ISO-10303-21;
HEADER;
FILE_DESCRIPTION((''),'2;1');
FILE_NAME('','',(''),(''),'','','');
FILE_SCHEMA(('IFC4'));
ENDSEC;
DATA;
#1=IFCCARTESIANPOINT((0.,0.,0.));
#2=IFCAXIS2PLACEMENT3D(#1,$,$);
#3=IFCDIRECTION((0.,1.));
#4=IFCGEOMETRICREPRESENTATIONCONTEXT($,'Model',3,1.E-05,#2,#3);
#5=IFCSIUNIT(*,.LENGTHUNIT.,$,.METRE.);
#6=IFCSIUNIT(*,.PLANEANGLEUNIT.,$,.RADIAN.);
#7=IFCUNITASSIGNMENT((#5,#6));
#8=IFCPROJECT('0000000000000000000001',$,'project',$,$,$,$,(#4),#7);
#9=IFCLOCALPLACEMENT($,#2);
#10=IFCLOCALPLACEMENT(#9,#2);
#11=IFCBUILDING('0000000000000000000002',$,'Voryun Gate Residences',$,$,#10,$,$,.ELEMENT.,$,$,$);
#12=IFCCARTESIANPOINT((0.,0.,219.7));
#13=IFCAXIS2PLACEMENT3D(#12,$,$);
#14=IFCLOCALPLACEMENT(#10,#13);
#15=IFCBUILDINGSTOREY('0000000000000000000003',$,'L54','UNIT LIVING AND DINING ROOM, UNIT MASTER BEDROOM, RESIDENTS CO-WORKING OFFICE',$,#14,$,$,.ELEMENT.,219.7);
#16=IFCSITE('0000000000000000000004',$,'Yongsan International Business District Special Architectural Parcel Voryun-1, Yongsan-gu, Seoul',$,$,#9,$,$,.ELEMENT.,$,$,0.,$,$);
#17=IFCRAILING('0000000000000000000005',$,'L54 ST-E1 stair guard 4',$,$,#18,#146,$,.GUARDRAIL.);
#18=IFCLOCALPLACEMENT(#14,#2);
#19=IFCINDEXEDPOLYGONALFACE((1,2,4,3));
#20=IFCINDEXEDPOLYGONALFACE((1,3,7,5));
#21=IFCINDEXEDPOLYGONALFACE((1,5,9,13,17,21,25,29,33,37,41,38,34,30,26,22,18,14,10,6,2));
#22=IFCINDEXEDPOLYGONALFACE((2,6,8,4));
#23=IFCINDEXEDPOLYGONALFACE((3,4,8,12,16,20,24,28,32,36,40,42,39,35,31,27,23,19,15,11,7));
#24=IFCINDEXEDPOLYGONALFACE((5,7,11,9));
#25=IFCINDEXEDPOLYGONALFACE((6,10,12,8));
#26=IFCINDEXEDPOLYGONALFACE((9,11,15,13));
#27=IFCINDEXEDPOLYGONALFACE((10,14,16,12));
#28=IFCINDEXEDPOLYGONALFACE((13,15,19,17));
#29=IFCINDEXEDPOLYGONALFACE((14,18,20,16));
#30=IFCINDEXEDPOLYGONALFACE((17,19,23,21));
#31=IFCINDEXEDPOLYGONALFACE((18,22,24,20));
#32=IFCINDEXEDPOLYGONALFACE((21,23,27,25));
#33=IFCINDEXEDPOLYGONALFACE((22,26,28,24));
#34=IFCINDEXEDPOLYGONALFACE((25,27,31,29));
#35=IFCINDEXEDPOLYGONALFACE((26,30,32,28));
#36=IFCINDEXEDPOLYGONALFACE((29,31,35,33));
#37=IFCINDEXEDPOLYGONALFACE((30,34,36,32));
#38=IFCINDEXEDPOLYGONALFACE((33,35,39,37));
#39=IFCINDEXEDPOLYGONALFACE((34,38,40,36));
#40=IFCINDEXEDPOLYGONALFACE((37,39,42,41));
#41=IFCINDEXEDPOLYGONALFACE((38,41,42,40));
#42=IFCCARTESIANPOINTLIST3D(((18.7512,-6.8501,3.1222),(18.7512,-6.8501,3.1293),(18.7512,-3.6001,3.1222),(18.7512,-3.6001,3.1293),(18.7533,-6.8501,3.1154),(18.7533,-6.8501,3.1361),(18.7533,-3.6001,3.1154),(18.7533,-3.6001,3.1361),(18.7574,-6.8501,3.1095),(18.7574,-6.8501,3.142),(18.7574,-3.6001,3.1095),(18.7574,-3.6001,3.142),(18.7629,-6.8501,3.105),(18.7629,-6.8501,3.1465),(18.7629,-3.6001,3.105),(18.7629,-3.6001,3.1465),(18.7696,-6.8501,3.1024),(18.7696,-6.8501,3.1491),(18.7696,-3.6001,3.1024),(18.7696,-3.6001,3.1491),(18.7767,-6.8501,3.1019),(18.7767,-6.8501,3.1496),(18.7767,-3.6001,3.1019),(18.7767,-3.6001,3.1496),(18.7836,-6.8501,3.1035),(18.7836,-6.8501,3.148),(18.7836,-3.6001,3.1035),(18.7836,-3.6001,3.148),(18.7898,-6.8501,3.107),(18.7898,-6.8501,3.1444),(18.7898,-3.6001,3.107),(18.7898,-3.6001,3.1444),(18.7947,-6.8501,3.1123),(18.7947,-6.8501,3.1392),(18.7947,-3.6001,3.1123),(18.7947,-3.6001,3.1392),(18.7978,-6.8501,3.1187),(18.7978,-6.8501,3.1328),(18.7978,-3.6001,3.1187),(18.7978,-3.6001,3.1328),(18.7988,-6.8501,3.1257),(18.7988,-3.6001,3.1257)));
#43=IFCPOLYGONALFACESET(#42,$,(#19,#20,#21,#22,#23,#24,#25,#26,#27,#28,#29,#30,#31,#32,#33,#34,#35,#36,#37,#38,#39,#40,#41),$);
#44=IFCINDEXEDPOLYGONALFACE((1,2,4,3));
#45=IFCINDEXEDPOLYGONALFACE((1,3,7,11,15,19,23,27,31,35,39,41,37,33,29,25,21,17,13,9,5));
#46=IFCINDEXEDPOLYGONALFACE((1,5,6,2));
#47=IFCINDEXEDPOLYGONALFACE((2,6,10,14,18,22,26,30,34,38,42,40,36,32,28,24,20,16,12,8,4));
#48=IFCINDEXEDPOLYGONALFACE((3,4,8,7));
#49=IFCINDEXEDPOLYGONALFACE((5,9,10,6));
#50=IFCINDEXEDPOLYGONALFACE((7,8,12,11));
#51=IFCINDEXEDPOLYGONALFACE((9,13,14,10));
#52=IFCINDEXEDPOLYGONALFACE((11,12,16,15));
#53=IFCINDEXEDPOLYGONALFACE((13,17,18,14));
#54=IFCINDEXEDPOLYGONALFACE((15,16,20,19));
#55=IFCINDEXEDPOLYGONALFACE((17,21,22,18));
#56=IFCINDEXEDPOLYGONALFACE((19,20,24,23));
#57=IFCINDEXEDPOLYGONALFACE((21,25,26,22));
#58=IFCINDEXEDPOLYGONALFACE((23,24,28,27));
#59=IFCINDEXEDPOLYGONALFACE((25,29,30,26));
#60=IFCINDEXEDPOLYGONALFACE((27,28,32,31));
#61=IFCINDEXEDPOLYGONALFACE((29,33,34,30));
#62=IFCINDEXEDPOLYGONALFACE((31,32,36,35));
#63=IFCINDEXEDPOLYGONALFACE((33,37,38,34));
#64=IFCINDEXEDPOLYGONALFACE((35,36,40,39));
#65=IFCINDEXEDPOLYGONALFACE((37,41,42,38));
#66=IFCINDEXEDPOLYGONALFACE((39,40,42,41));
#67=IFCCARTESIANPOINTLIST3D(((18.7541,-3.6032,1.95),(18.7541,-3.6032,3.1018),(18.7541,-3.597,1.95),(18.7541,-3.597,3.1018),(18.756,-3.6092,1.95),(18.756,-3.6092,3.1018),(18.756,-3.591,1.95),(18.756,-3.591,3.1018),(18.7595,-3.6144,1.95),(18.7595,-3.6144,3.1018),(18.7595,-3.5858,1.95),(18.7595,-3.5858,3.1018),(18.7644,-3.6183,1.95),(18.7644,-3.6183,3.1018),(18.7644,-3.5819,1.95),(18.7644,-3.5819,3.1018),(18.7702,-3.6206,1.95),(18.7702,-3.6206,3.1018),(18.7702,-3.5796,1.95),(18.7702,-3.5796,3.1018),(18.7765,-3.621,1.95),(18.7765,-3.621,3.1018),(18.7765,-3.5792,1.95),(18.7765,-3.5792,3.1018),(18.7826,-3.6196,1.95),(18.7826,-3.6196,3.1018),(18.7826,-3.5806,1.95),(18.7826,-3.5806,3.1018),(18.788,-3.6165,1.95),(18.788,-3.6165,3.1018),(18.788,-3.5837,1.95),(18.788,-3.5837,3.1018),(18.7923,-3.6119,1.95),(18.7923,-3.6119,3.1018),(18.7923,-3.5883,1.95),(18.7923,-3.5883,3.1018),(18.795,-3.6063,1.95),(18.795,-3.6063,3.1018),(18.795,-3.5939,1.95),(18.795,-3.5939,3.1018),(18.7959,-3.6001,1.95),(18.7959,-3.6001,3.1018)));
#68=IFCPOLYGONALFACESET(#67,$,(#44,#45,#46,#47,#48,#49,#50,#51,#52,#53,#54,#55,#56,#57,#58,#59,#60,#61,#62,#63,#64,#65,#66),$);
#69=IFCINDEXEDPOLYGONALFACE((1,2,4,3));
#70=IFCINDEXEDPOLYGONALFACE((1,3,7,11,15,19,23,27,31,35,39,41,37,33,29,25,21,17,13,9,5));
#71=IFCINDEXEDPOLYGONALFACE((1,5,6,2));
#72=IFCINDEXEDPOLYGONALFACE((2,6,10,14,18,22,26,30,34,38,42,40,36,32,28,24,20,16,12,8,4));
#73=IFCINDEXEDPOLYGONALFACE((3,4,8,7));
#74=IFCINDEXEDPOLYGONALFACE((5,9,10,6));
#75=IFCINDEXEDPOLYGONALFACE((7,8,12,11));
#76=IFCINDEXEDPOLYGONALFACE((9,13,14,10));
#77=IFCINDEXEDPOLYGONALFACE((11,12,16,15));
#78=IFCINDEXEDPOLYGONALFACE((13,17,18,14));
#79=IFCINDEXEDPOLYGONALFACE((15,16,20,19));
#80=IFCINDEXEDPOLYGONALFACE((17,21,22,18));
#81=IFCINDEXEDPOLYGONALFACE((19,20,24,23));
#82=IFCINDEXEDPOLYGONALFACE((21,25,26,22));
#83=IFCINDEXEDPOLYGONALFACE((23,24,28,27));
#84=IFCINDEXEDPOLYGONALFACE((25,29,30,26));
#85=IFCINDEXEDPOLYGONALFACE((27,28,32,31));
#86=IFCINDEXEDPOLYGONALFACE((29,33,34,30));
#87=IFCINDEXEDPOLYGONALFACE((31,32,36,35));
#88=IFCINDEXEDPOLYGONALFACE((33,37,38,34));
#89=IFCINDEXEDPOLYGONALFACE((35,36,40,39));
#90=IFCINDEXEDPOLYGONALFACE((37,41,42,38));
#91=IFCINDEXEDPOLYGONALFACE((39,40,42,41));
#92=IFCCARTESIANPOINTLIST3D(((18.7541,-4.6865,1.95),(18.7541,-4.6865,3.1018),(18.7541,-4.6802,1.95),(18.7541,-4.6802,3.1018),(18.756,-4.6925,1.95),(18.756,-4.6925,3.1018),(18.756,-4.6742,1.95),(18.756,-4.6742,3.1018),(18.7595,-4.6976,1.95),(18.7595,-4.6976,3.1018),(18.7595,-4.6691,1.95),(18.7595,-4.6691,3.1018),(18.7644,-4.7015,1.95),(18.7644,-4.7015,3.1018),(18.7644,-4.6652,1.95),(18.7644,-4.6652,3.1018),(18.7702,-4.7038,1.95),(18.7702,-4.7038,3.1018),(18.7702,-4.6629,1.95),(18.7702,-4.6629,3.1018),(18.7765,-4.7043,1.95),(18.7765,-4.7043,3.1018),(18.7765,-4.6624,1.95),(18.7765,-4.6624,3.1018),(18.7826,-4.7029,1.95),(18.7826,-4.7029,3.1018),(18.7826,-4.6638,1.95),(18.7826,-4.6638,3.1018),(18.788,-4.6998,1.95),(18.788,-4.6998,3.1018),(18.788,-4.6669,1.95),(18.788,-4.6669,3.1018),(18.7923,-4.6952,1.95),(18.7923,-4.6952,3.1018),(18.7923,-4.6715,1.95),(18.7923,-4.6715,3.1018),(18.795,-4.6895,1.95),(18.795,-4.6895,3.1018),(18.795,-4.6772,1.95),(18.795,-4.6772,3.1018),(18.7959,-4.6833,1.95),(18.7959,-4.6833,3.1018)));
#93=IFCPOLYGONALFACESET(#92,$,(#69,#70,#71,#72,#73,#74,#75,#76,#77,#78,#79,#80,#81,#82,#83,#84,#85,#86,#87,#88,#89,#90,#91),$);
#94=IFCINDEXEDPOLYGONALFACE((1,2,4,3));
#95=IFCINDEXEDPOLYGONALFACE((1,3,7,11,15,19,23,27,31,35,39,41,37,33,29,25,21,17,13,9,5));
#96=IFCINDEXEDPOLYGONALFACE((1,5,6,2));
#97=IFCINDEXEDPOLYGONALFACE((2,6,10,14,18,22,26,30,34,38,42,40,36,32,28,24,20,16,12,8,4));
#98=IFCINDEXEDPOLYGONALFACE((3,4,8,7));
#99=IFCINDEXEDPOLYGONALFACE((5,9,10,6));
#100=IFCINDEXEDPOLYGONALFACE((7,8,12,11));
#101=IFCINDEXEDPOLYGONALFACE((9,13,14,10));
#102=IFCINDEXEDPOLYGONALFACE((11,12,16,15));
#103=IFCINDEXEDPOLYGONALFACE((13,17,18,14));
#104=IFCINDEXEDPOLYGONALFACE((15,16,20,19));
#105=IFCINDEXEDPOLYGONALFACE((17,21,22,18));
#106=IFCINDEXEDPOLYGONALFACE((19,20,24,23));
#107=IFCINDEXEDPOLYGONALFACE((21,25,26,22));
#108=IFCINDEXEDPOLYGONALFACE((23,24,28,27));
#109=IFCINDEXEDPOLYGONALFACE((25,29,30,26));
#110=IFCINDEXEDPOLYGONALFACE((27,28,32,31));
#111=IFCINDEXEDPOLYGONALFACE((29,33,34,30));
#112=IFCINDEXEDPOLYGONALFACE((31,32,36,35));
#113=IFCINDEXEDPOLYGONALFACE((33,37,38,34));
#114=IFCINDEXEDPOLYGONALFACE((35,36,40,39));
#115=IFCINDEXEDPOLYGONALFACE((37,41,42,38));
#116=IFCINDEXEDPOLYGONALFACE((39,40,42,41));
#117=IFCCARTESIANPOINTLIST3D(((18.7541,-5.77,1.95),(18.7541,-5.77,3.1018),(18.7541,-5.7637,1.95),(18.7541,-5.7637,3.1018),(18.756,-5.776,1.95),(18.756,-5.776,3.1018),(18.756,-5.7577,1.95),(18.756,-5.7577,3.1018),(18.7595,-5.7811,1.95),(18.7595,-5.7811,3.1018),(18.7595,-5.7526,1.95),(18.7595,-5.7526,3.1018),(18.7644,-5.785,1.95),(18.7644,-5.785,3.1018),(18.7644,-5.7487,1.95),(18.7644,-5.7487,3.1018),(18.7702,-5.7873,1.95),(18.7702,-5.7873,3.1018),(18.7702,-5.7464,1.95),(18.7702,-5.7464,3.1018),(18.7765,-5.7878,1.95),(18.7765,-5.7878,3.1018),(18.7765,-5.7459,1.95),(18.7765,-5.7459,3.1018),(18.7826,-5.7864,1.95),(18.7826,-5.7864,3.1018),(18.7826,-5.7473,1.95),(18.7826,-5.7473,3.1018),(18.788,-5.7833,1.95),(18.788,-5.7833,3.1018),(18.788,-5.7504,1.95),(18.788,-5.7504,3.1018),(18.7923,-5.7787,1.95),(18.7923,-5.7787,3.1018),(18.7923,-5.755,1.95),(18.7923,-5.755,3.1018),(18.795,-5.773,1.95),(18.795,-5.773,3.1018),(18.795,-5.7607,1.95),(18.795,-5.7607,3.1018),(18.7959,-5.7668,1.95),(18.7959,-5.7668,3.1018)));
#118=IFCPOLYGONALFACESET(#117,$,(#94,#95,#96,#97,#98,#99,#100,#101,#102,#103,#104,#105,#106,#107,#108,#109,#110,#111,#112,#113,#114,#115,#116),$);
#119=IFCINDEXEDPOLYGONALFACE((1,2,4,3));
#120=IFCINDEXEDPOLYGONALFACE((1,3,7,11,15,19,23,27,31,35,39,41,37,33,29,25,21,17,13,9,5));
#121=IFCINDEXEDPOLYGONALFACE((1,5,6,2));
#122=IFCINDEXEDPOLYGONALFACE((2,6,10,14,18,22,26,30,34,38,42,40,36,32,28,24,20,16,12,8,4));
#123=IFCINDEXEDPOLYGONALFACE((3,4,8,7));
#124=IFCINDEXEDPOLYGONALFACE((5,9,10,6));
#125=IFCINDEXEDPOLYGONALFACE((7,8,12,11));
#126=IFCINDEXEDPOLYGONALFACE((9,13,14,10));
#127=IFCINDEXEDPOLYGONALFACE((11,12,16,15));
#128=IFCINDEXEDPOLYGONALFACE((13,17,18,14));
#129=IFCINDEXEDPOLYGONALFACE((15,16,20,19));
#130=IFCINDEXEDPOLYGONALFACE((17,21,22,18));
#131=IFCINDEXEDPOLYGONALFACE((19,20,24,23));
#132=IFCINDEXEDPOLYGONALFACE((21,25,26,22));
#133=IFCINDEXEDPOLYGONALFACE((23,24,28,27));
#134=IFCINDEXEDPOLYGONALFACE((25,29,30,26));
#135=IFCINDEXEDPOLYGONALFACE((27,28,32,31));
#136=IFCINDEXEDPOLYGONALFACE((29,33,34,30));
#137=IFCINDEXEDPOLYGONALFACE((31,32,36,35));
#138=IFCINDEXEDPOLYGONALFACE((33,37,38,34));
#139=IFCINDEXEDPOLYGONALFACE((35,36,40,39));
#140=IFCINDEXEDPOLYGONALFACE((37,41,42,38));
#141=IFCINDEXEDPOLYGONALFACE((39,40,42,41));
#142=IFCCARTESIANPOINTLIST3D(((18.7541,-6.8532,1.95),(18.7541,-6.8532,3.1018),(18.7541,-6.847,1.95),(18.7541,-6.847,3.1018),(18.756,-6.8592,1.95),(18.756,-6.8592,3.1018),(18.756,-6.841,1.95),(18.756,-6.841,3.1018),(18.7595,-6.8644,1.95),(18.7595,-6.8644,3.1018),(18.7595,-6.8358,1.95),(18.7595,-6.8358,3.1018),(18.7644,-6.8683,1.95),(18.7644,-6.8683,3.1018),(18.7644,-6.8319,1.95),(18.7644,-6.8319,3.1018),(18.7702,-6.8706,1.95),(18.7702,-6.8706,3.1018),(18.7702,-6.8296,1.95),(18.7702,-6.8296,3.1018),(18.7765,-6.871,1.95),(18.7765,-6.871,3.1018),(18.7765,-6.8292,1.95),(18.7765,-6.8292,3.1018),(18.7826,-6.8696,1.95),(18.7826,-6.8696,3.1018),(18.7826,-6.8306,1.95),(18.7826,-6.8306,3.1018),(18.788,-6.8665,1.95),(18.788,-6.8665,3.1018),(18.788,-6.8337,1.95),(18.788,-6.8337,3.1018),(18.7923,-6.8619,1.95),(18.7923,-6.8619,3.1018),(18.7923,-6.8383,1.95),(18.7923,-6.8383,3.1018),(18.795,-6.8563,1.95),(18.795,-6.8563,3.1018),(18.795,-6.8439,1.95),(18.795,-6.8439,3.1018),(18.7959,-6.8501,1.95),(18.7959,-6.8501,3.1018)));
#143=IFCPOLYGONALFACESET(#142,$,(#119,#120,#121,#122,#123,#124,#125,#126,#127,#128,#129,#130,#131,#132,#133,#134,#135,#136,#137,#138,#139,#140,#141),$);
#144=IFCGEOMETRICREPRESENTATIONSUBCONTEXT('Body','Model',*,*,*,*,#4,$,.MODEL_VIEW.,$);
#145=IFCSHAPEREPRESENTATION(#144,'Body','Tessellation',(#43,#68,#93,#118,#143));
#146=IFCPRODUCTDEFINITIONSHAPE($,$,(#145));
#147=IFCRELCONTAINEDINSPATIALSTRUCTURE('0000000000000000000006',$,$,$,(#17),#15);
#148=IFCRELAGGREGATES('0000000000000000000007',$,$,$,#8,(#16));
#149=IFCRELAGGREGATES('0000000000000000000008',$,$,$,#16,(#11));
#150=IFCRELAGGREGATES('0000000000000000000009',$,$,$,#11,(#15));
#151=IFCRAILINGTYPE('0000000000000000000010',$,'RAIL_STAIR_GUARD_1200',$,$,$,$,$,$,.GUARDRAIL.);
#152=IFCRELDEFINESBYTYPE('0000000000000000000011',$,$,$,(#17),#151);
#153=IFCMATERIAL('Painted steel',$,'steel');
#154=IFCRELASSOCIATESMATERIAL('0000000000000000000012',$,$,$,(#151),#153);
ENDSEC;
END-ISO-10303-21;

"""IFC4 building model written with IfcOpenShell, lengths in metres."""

from ifc_helpers import new_model, si_unit, direction, frame, origin, origin_2d, place, context, subcontext, project, spatial, circle, extrude, material, type_object, element, save


model = new_model("IFC4")

# Units and contexts
model_context = context("Model", 3, precision=1e-05, world=origin(), true_north=direction((0.0, 1.0)))
body_context = subcontext(model_context, "Body", "Model", "MODEL_VIEW")
ifc_project = project(units=[si_unit("LENGTHUNIT", "METRE"), si_unit("PLANEANGLEUNIT", "RADIAN")], contexts=[model_context])

# Site, building, storey
site_placement = place(None, origin())
site = spatial("IfcSite", under=ifc_project, at=site_placement, Name="Yongsan International Business District Special Architectural Parcel Voryun-1, Yongsan-gu, Seoul", CompositionType="ELEMENT", RefElevation=0.0)
building_placement = place(site_placement, origin())
building = spatial("IfcBuilding", under=site, at=building_placement, Name="Voryun Gate Residences", CompositionType="ELEMENT")
storey_placement = place(building_placement, frame((0.0, 0.0, 219.7)))
storey = spatial("IfcBuildingStorey", under=building, at=storey_placement, Name="L54", Description="UNIT LIVING AND DINING ROOM, UNIT MASTER BEDROOM, RESIDENTS CO-WORKING OFFICE", CompositionType="ELEMENT", Elevation=219.7)

# Railing
ifc_material_1 = material(Name="Painted steel", Category="steel")
railing_type_1 = type_object("IfcRailingType", Name="RAIL_STAIR_GUARD_1200", PredefinedType="GUARDRAIL", material=ifc_material_1)
railing_1_placement = place(storey_placement, frame((18.7749, -3.6001, 1.95)))
element("IfcRailing", 1, at=railing_1_placement, inside=storey, type_object=railing_type_1, Name="L54 ST-E1 stair guard 4", PredefinedType="GUARDRAIL", context=body_context, shape_type="SweptSolid", body=[
    extrude(circle(Radius=0.0239, at=origin_2d()), frame((0.0, 0.0, 1.1758), z_axis=(0.0, -1.0, 0.0), x_axis=(1.0, 0.0, 0.0)), (0.0, 0.0, 1.0), 3.25),
    extrude(circle(Radius=0.021, at=origin_2d()), origin(), (0.0, 0.0, 1.0), 1.1519),
    extrude(circle(Radius=0.021, at=origin_2d()), frame((0.0, -1.0833, 0.0)), (0.0, 0.0, 1.0), 1.1519),
    extrude(circle(Radius=0.021, at=origin_2d()), frame((0.0, -2.1667, 0.0)), (0.0, 0.0, 1.0), 1.1519),
    extrude(circle(Radius=0.021, at=origin_2d()), frame((0.0, -3.25, 0.0)), (0.0, 0.0, 1.0), 1.1519),
])

save(model, "model.ifc")
